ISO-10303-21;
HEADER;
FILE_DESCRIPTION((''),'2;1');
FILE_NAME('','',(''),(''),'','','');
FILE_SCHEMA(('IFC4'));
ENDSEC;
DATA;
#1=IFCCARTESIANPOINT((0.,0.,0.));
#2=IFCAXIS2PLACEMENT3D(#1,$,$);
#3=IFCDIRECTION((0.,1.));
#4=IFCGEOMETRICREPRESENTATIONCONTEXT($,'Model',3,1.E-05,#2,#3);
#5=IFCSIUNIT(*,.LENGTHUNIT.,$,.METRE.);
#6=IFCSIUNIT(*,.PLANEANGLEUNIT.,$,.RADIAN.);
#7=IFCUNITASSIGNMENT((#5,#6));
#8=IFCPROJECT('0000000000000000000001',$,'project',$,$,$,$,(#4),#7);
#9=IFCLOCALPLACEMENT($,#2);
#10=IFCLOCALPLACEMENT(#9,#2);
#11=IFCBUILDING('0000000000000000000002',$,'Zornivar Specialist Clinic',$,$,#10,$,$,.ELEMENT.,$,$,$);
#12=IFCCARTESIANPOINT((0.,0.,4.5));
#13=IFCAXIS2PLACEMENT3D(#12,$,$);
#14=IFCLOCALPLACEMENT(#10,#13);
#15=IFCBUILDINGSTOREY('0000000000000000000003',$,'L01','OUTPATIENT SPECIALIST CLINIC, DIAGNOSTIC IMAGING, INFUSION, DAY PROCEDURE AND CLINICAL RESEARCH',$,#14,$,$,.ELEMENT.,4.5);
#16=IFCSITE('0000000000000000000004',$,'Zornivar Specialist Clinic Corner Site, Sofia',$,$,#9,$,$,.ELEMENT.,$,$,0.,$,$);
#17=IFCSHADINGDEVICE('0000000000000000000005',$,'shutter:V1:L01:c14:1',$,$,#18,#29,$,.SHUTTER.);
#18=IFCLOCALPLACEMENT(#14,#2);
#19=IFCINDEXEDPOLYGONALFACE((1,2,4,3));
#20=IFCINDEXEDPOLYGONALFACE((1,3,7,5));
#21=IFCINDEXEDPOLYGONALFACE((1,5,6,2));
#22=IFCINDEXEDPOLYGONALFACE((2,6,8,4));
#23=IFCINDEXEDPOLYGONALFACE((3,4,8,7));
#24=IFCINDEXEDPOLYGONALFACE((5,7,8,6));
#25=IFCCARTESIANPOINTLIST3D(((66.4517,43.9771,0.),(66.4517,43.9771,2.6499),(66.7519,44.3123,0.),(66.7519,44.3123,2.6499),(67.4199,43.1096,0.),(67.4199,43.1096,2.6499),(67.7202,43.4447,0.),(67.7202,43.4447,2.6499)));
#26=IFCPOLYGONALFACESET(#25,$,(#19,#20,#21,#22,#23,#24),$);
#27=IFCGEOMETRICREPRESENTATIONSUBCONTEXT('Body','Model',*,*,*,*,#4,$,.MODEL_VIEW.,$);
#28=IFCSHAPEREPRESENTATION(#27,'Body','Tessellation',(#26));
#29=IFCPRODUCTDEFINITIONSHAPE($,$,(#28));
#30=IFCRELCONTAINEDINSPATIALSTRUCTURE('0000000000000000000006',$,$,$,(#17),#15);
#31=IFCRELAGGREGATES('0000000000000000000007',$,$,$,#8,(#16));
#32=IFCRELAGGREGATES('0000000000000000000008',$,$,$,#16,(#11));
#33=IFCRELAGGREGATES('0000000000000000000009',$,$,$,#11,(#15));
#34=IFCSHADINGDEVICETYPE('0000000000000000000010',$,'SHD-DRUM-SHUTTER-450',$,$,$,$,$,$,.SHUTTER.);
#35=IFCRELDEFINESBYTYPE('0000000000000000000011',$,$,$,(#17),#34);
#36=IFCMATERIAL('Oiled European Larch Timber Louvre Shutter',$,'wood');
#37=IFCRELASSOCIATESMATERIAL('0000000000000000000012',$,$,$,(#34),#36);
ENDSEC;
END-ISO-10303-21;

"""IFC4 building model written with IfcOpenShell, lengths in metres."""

from ifc_helpers import new_model, si_unit, direction, frame, origin, origin_2d, place, context, subcontext, project, spatial, rectangle, extrude, material, type_object, element, save


model = new_model("IFC4")

# Units and contexts
model_context = context("Model", 3, precision=1e-05, world=origin(), true_north=direction((0.0, 1.0)))
body_context = subcontext(model_context, "Body", "Model", "MODEL_VIEW")
ifc_project = project(units=[si_unit("LENGTHUNIT", "METRE"), si_unit("PLANEANGLEUNIT", "RADIAN")], contexts=[model_context])

# Site, building, storey
site_placement = place(None, origin())
site = spatial("IfcSite", under=ifc_project, at=site_placement, Name="Zornivar Specialist Clinic Corner Site, Sofia", CompositionType="ELEMENT", RefElevation=0.0)
building_placement = place(site_placement, origin())
building = spatial("IfcBuilding", under=site, at=building_placement, Name="Zornivar Specialist Clinic", CompositionType="ELEMENT")
storey_placement = place(building_placement, frame((0.0, 0.0, 4.5)))
storey = spatial("IfcBuildingStorey", under=building, at=storey_placement, Name="L01", Description="OUTPATIENT SPECIALIST CLINIC, DIAGNOSTIC IMAGING, INFUSION, DAY PROCEDURE AND CLINICAL RESEARCH", CompositionType="ELEMENT", Elevation=4.5)

# Shading device
ifc_material_1 = material(Name="Oiled European Larch Timber Louvre Shutter", Category="wood")
shading_device_type = type_object("IfcShadingDeviceType", Name="SHD-DRUM-SHUTTER-450", PredefinedType="SHUTTER", material=ifc_material_1)
shading_device_placement = place(storey_placement, frame((67.0859, 43.7109, 0.0), z_axis=(0.0, 0.0, 1.0), x_axis=(0.744797, -0.667291, 0.0)))
element("IfcShadingDevice", 1, at=shading_device_placement, inside=storey, type_object=shading_device_type, Name="shutter:V1:L01:c14:1", PredefinedType="SHUTTER", context=body_context, shape_type="SweptSolid", body=[
    extrude(rectangle(XDim=1.3, YDim=0.45, at=origin_2d()), origin(), (0.0, 0.0, 1.0), 2.6499),
])

save(model, "model.ifc")
